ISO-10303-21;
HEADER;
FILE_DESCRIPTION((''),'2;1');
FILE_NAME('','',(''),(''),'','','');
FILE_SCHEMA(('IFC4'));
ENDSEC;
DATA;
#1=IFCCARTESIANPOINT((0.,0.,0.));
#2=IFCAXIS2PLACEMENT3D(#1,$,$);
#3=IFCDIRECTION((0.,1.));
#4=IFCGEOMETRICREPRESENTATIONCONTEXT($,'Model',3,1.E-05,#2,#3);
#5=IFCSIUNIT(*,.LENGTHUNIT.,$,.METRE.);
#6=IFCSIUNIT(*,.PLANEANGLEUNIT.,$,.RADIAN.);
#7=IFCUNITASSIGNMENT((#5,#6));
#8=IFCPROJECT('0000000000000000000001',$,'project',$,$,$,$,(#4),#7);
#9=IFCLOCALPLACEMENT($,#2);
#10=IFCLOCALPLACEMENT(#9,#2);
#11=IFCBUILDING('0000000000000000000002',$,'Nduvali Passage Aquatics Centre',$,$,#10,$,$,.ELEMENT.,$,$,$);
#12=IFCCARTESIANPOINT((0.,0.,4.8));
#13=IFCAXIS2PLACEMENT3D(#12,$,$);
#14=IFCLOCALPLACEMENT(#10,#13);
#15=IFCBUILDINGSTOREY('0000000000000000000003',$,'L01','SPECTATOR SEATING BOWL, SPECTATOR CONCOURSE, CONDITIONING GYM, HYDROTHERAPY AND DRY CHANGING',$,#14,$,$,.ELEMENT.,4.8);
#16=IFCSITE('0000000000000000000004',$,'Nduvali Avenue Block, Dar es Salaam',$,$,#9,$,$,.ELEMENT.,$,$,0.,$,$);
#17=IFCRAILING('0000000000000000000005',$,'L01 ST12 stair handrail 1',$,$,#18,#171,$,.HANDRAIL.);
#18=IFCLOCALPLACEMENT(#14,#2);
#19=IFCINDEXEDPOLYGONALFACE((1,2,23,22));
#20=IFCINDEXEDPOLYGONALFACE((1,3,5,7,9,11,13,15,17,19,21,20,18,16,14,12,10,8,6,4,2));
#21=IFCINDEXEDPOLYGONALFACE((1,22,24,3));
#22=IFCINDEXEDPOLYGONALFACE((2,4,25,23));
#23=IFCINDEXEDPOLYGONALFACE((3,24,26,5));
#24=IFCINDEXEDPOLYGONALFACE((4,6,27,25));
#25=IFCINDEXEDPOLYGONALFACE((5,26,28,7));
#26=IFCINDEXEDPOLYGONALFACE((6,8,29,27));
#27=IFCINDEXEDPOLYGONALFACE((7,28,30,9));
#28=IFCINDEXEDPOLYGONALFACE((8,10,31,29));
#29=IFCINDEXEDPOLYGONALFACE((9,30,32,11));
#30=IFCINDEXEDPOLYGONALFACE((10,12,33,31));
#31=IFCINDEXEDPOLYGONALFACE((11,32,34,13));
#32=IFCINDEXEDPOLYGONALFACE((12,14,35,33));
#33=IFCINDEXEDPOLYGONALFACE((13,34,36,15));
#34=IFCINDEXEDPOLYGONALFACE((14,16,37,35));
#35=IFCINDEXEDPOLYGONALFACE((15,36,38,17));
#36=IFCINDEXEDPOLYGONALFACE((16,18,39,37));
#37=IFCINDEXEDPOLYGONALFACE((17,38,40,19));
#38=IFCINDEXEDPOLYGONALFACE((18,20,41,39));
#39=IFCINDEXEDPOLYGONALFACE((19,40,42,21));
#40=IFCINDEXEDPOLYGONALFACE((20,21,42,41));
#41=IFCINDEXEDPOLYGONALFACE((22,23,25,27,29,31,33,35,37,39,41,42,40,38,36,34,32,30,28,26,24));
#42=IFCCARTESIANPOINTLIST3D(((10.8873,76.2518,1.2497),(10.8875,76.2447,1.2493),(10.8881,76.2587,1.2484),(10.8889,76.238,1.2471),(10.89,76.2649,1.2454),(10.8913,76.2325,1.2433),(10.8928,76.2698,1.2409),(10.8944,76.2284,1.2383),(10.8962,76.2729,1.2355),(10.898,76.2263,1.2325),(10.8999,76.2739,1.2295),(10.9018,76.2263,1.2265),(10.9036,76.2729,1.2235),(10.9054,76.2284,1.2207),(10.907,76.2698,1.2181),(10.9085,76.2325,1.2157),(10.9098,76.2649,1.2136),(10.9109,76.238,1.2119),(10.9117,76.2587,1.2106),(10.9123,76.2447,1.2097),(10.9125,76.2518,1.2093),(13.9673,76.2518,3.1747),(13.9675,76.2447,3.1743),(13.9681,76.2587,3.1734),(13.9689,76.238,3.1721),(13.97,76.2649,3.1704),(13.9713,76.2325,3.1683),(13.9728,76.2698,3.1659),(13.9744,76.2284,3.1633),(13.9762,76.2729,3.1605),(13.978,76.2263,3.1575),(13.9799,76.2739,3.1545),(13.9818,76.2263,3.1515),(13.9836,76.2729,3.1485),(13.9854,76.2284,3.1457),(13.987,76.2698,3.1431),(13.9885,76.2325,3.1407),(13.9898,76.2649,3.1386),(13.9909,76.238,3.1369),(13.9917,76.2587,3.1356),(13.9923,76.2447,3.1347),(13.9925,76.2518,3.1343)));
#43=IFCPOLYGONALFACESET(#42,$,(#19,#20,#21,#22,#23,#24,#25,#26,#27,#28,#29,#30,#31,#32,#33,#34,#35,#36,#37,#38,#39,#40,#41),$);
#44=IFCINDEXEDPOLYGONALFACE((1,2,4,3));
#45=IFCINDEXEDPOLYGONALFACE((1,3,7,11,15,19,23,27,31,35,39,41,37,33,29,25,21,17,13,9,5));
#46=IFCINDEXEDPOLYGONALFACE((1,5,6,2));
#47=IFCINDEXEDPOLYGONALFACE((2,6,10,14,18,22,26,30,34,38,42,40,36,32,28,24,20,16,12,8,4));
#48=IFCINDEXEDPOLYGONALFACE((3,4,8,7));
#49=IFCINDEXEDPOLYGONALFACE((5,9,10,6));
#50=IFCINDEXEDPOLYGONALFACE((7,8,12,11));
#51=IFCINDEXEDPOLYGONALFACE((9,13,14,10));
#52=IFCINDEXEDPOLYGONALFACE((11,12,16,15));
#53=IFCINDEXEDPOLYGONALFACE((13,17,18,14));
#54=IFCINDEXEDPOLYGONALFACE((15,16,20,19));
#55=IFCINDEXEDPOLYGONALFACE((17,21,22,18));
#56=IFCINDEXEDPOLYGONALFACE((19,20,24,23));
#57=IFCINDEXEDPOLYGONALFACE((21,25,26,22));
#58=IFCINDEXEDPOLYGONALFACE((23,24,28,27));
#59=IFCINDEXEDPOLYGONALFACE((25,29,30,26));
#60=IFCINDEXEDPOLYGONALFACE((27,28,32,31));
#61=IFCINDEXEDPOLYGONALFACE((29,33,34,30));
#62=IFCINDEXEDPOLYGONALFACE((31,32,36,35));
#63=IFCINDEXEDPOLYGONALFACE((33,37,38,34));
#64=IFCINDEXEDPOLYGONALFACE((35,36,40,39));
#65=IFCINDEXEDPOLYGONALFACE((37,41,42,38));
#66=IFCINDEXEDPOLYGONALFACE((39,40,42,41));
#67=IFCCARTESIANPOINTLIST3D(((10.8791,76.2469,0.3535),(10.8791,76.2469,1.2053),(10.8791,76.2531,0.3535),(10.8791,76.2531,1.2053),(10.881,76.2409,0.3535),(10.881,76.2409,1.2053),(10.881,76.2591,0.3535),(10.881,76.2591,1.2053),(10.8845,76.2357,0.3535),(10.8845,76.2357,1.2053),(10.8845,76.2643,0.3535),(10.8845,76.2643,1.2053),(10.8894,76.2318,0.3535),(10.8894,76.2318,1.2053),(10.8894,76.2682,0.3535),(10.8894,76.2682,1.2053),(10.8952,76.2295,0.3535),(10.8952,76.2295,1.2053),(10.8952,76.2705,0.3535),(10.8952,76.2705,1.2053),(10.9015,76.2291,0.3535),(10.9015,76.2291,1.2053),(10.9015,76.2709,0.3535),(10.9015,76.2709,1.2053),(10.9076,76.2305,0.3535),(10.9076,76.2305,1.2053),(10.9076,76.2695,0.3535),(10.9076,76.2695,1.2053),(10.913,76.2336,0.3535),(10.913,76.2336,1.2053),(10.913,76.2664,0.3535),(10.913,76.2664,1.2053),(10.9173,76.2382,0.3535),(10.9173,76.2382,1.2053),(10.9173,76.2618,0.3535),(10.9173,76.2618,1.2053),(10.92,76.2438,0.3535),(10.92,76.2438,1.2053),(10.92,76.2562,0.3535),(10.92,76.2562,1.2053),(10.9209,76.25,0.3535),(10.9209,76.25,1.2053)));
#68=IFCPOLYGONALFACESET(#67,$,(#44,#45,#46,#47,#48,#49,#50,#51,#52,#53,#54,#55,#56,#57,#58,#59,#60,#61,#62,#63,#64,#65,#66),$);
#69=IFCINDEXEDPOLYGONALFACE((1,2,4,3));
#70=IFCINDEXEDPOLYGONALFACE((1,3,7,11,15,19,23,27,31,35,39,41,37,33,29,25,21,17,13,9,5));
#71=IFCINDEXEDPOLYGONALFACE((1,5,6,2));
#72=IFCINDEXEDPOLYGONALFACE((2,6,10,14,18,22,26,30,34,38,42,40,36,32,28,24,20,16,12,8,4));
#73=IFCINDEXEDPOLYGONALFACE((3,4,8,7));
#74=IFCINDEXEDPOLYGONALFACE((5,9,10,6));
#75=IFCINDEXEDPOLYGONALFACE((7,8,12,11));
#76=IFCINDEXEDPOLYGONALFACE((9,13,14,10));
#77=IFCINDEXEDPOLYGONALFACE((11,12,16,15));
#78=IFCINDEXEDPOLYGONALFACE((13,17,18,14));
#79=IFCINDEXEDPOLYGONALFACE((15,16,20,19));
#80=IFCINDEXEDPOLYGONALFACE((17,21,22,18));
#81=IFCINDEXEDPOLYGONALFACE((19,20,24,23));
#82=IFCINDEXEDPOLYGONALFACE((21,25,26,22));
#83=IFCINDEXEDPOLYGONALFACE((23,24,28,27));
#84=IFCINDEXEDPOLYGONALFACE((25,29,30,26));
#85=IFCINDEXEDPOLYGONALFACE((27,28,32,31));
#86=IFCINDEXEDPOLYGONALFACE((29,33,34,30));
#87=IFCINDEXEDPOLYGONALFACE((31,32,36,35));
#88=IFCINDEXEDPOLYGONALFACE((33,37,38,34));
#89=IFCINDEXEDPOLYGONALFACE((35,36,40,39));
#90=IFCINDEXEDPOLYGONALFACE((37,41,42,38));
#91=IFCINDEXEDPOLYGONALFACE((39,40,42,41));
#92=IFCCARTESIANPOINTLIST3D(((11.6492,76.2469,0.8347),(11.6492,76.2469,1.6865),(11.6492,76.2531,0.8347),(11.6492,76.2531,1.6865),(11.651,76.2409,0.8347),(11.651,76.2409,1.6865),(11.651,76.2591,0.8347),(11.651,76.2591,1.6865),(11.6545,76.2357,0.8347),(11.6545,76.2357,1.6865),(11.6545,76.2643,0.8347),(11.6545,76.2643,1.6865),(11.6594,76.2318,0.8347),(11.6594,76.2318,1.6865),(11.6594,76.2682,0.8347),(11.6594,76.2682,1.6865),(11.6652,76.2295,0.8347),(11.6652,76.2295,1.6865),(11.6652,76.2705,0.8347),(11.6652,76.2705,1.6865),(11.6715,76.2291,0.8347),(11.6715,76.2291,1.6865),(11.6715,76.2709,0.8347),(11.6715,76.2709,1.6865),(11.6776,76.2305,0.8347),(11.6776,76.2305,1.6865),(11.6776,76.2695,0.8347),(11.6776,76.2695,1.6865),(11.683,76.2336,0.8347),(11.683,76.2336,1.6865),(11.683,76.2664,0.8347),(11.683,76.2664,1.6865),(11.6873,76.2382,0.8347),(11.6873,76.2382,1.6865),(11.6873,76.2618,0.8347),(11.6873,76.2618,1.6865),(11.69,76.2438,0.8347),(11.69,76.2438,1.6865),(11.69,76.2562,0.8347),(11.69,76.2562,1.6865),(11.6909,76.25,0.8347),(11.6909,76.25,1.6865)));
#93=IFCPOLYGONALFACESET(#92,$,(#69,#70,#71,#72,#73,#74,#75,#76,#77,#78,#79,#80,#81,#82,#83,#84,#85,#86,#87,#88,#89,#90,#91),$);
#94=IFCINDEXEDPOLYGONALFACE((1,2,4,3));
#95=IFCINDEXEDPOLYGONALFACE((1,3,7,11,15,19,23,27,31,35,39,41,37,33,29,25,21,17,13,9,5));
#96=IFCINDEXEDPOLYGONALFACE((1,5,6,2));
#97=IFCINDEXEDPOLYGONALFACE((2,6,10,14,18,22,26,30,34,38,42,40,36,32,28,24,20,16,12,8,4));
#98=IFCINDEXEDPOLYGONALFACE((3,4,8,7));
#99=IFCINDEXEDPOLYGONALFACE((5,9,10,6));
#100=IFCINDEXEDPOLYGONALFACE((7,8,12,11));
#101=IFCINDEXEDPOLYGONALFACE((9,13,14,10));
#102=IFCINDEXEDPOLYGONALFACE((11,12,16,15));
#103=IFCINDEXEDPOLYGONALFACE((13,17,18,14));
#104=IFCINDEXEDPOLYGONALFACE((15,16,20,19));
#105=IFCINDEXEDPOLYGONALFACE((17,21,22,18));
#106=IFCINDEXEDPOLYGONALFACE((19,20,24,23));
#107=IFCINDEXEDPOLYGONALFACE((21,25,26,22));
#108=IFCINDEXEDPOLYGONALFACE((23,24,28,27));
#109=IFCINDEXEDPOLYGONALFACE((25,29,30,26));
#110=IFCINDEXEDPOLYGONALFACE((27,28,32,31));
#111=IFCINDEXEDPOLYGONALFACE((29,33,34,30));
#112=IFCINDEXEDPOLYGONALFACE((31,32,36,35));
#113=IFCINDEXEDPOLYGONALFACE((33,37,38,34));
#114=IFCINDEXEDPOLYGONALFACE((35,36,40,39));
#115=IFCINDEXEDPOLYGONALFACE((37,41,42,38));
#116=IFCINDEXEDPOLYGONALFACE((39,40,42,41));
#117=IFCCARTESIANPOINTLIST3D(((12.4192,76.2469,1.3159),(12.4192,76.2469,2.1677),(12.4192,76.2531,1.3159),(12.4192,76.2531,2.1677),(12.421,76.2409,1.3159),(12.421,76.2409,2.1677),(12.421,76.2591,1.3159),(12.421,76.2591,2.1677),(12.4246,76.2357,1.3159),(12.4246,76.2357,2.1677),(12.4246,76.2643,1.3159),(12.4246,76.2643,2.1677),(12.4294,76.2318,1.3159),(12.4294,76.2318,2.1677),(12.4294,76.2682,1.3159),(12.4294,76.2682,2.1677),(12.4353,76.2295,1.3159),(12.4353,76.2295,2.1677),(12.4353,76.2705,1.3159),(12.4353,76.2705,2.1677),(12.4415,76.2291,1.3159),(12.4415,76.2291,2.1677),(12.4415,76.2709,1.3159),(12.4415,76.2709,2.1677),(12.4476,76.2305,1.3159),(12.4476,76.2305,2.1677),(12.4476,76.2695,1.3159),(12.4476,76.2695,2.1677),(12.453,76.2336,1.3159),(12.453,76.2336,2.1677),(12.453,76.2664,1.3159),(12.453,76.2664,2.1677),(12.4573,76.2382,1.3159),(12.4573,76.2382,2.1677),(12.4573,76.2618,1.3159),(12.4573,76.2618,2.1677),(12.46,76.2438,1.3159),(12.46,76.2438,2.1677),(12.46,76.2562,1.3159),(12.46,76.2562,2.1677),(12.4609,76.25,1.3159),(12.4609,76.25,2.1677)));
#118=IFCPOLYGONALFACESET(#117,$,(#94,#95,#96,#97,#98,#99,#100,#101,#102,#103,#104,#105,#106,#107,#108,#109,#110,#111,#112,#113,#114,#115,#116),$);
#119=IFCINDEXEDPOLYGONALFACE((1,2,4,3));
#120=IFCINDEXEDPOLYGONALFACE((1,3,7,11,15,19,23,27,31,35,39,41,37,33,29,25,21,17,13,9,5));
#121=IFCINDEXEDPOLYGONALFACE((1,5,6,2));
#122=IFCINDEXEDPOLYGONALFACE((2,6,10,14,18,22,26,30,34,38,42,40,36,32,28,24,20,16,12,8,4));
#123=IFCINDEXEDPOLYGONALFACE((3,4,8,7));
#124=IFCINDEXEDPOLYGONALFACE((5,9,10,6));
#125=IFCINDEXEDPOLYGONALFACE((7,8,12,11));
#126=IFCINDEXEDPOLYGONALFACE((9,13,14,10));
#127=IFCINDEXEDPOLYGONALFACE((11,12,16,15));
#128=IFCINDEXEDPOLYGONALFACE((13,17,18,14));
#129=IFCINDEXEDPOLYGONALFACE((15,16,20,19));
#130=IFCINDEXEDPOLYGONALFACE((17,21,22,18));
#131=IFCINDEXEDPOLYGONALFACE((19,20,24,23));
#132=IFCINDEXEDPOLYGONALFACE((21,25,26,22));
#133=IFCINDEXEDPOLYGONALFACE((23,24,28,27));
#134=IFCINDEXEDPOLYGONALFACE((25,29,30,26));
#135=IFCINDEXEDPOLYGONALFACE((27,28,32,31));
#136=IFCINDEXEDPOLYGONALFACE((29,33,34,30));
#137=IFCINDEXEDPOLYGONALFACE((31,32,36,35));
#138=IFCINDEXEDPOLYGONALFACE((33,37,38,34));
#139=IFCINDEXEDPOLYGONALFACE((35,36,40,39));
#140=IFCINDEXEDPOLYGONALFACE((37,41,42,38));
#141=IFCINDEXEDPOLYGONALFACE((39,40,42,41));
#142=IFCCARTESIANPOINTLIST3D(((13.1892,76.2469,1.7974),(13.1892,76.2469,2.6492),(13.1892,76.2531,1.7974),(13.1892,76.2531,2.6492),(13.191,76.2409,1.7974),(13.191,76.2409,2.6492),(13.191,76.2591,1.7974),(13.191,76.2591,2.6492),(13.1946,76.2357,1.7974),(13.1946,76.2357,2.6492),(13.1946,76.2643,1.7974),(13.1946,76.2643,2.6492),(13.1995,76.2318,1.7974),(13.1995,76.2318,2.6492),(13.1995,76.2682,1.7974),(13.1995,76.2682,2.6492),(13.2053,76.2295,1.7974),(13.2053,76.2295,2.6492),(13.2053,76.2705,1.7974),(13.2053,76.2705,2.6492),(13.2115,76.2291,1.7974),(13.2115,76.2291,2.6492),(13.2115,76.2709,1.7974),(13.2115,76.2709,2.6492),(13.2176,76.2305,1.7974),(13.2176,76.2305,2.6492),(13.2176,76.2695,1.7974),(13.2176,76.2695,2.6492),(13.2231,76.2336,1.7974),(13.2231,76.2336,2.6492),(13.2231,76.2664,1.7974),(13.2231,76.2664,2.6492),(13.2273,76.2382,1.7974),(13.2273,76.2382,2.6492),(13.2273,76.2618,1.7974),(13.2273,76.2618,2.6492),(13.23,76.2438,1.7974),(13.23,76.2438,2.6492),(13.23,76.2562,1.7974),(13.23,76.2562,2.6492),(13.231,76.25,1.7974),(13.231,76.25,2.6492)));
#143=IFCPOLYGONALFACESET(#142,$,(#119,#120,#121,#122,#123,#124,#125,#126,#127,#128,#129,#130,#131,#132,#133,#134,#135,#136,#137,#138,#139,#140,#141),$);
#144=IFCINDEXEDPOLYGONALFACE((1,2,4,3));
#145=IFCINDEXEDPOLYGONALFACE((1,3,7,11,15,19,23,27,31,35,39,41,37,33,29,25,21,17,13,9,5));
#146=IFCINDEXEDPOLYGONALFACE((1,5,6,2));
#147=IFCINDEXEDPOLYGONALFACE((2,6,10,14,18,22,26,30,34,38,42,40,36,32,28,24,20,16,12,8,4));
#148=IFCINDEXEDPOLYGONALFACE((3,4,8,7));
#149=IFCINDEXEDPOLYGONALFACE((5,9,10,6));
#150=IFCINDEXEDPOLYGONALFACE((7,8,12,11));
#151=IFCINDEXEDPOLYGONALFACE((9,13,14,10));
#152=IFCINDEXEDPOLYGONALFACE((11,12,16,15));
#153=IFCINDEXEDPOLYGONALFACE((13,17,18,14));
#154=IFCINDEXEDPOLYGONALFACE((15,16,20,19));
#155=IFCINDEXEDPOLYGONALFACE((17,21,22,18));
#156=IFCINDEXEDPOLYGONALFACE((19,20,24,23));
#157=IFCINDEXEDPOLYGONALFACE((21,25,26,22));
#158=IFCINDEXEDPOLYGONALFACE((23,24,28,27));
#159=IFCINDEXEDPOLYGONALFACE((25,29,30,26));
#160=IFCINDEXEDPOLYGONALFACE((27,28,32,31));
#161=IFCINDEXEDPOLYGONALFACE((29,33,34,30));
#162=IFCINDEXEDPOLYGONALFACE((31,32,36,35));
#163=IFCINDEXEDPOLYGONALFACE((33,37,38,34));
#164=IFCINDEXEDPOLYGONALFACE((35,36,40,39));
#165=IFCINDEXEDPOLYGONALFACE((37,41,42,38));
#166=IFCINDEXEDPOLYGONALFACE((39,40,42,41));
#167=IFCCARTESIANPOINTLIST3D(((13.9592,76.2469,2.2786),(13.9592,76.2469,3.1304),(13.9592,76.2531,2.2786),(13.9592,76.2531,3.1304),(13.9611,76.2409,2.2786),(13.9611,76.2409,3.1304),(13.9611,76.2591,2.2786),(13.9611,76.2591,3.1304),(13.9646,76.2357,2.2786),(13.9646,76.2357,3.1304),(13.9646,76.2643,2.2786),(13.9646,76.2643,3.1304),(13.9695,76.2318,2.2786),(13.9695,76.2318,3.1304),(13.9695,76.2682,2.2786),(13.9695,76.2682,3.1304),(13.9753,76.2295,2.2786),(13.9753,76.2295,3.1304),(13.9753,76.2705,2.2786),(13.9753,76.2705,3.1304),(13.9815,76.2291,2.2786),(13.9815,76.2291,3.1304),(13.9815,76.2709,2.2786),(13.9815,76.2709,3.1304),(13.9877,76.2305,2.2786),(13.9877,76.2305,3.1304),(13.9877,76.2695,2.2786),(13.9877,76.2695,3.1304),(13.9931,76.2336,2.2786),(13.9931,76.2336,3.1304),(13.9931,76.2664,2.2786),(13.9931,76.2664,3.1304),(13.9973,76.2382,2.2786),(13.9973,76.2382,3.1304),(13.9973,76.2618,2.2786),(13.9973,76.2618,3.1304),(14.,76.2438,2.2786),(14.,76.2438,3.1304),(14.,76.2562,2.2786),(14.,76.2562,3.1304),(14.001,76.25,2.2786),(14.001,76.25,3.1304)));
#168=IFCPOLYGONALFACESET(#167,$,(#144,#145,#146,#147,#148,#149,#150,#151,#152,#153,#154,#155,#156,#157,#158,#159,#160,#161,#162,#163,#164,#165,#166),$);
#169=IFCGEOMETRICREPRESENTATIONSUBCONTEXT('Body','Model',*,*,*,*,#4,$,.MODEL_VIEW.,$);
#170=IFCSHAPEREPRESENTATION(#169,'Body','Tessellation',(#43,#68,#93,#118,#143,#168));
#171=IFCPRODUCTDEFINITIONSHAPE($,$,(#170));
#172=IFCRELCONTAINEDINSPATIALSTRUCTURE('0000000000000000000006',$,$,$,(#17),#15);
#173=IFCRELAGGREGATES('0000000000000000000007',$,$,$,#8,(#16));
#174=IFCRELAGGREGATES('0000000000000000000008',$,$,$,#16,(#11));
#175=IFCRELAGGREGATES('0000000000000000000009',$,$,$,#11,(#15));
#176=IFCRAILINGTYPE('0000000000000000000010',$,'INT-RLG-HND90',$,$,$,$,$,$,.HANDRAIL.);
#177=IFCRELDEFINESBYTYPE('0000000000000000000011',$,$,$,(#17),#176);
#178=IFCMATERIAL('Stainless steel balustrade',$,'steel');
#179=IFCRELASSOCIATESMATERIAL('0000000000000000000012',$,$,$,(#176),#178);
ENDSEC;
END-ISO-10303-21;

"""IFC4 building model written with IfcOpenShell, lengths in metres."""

from ifc_helpers import new_model, si_unit, direction, frame, origin, origin_2d, place, context, subcontext, project, spatial, circle, extrude, material, type_object, element, save


model = new_model("IFC4")

# Units and contexts
model_context = context("Model", 3, precision=1e-05, world=origin(), true_north=direction((0.0, 1.0)))
body_context = subcontext(model_context, "Body", "Model", "MODEL_VIEW")
ifc_project = project(units=[si_unit("LENGTHUNIT", "METRE"), si_unit("PLANEANGLEUNIT", "RADIAN")], contexts=[model_context])

# Site, building, storey
site_placement = place(None, origin())
site = spatial("IfcSite", under=ifc_project, at=site_placement, Name="Nduvali Avenue Block, Dar es Salaam", CompositionType="ELEMENT", RefElevation=0.0)
building_placement = place(site_placement, origin())
building = spatial("IfcBuilding", under=site, at=building_placement, Name="Nduvali Passage Aquatics Centre", CompositionType="ELEMENT")
storey_placement = place(building_placement, frame((0.0, 0.0, 4.8)))
storey = spatial("IfcBuildingStorey", under=building, at=storey_placement, Name="L01", Description="SPECTATOR SEATING BOWL, SPECTATOR CONCOURSE, CONDITIONING GYM, HYDROTHERAPY AND DRY CHANGING", CompositionType="ELEMENT", Elevation=4.8)

# Railing
ifc_material_1 = material(Name="Stainless steel balustrade", Category="steel")
railing_type_1 = type_object("IfcRailingType", Name="INT-RLG-HND90", PredefinedType="HANDRAIL", material=ifc_material_1)
railing_1_placement = place(storey_placement, frame((10.8999, 76.25, 0.3535)))
element("IfcRailing", 1, at=railing_1_placement, inside=storey, type_object=railing_type_1, Name="L01 ST12 stair handrail 1", PredefinedType="HANDRAIL", context=body_context, shape_type="SweptSolid", body=[
    extrude(circle(Radius=0.0239, at=origin_2d()), frame((0.0, 0.0, 0.876), z_axis=(0.847998, 0.0, 0.529999), x_axis=(0.0, 1.0, 0.0)), (0.0, 0.0, 1.0), 3.6321),
    extrude(circle(Radius=0.021, at=origin_2d()), origin(), (0.0, 0.0, 1.0), 0.8518),
    extrude(circle(Radius=0.021, at=origin_2d()), frame((0.77, 0.0, 0.4812)), (0.0, 0.0, 1.0), 0.8518),
    extrude(circle(Radius=0.021, at=origin_2d()), frame((1.54, 0.0, 0.9624)), (0.0, 0.0, 1.0), 0.8518),
    extrude(circle(Radius=0.021, at=origin_2d()), frame((2.3101, 0.0, 1.4438)), (0.0, 0.0, 1.0), 0.8518),
    extrude(circle(Radius=0.021, at=origin_2d()), frame((3.0801, 0.0, 1.925)), (0.0, 0.0, 1.0), 0.8518),
])

save(model, "model.ifc")
